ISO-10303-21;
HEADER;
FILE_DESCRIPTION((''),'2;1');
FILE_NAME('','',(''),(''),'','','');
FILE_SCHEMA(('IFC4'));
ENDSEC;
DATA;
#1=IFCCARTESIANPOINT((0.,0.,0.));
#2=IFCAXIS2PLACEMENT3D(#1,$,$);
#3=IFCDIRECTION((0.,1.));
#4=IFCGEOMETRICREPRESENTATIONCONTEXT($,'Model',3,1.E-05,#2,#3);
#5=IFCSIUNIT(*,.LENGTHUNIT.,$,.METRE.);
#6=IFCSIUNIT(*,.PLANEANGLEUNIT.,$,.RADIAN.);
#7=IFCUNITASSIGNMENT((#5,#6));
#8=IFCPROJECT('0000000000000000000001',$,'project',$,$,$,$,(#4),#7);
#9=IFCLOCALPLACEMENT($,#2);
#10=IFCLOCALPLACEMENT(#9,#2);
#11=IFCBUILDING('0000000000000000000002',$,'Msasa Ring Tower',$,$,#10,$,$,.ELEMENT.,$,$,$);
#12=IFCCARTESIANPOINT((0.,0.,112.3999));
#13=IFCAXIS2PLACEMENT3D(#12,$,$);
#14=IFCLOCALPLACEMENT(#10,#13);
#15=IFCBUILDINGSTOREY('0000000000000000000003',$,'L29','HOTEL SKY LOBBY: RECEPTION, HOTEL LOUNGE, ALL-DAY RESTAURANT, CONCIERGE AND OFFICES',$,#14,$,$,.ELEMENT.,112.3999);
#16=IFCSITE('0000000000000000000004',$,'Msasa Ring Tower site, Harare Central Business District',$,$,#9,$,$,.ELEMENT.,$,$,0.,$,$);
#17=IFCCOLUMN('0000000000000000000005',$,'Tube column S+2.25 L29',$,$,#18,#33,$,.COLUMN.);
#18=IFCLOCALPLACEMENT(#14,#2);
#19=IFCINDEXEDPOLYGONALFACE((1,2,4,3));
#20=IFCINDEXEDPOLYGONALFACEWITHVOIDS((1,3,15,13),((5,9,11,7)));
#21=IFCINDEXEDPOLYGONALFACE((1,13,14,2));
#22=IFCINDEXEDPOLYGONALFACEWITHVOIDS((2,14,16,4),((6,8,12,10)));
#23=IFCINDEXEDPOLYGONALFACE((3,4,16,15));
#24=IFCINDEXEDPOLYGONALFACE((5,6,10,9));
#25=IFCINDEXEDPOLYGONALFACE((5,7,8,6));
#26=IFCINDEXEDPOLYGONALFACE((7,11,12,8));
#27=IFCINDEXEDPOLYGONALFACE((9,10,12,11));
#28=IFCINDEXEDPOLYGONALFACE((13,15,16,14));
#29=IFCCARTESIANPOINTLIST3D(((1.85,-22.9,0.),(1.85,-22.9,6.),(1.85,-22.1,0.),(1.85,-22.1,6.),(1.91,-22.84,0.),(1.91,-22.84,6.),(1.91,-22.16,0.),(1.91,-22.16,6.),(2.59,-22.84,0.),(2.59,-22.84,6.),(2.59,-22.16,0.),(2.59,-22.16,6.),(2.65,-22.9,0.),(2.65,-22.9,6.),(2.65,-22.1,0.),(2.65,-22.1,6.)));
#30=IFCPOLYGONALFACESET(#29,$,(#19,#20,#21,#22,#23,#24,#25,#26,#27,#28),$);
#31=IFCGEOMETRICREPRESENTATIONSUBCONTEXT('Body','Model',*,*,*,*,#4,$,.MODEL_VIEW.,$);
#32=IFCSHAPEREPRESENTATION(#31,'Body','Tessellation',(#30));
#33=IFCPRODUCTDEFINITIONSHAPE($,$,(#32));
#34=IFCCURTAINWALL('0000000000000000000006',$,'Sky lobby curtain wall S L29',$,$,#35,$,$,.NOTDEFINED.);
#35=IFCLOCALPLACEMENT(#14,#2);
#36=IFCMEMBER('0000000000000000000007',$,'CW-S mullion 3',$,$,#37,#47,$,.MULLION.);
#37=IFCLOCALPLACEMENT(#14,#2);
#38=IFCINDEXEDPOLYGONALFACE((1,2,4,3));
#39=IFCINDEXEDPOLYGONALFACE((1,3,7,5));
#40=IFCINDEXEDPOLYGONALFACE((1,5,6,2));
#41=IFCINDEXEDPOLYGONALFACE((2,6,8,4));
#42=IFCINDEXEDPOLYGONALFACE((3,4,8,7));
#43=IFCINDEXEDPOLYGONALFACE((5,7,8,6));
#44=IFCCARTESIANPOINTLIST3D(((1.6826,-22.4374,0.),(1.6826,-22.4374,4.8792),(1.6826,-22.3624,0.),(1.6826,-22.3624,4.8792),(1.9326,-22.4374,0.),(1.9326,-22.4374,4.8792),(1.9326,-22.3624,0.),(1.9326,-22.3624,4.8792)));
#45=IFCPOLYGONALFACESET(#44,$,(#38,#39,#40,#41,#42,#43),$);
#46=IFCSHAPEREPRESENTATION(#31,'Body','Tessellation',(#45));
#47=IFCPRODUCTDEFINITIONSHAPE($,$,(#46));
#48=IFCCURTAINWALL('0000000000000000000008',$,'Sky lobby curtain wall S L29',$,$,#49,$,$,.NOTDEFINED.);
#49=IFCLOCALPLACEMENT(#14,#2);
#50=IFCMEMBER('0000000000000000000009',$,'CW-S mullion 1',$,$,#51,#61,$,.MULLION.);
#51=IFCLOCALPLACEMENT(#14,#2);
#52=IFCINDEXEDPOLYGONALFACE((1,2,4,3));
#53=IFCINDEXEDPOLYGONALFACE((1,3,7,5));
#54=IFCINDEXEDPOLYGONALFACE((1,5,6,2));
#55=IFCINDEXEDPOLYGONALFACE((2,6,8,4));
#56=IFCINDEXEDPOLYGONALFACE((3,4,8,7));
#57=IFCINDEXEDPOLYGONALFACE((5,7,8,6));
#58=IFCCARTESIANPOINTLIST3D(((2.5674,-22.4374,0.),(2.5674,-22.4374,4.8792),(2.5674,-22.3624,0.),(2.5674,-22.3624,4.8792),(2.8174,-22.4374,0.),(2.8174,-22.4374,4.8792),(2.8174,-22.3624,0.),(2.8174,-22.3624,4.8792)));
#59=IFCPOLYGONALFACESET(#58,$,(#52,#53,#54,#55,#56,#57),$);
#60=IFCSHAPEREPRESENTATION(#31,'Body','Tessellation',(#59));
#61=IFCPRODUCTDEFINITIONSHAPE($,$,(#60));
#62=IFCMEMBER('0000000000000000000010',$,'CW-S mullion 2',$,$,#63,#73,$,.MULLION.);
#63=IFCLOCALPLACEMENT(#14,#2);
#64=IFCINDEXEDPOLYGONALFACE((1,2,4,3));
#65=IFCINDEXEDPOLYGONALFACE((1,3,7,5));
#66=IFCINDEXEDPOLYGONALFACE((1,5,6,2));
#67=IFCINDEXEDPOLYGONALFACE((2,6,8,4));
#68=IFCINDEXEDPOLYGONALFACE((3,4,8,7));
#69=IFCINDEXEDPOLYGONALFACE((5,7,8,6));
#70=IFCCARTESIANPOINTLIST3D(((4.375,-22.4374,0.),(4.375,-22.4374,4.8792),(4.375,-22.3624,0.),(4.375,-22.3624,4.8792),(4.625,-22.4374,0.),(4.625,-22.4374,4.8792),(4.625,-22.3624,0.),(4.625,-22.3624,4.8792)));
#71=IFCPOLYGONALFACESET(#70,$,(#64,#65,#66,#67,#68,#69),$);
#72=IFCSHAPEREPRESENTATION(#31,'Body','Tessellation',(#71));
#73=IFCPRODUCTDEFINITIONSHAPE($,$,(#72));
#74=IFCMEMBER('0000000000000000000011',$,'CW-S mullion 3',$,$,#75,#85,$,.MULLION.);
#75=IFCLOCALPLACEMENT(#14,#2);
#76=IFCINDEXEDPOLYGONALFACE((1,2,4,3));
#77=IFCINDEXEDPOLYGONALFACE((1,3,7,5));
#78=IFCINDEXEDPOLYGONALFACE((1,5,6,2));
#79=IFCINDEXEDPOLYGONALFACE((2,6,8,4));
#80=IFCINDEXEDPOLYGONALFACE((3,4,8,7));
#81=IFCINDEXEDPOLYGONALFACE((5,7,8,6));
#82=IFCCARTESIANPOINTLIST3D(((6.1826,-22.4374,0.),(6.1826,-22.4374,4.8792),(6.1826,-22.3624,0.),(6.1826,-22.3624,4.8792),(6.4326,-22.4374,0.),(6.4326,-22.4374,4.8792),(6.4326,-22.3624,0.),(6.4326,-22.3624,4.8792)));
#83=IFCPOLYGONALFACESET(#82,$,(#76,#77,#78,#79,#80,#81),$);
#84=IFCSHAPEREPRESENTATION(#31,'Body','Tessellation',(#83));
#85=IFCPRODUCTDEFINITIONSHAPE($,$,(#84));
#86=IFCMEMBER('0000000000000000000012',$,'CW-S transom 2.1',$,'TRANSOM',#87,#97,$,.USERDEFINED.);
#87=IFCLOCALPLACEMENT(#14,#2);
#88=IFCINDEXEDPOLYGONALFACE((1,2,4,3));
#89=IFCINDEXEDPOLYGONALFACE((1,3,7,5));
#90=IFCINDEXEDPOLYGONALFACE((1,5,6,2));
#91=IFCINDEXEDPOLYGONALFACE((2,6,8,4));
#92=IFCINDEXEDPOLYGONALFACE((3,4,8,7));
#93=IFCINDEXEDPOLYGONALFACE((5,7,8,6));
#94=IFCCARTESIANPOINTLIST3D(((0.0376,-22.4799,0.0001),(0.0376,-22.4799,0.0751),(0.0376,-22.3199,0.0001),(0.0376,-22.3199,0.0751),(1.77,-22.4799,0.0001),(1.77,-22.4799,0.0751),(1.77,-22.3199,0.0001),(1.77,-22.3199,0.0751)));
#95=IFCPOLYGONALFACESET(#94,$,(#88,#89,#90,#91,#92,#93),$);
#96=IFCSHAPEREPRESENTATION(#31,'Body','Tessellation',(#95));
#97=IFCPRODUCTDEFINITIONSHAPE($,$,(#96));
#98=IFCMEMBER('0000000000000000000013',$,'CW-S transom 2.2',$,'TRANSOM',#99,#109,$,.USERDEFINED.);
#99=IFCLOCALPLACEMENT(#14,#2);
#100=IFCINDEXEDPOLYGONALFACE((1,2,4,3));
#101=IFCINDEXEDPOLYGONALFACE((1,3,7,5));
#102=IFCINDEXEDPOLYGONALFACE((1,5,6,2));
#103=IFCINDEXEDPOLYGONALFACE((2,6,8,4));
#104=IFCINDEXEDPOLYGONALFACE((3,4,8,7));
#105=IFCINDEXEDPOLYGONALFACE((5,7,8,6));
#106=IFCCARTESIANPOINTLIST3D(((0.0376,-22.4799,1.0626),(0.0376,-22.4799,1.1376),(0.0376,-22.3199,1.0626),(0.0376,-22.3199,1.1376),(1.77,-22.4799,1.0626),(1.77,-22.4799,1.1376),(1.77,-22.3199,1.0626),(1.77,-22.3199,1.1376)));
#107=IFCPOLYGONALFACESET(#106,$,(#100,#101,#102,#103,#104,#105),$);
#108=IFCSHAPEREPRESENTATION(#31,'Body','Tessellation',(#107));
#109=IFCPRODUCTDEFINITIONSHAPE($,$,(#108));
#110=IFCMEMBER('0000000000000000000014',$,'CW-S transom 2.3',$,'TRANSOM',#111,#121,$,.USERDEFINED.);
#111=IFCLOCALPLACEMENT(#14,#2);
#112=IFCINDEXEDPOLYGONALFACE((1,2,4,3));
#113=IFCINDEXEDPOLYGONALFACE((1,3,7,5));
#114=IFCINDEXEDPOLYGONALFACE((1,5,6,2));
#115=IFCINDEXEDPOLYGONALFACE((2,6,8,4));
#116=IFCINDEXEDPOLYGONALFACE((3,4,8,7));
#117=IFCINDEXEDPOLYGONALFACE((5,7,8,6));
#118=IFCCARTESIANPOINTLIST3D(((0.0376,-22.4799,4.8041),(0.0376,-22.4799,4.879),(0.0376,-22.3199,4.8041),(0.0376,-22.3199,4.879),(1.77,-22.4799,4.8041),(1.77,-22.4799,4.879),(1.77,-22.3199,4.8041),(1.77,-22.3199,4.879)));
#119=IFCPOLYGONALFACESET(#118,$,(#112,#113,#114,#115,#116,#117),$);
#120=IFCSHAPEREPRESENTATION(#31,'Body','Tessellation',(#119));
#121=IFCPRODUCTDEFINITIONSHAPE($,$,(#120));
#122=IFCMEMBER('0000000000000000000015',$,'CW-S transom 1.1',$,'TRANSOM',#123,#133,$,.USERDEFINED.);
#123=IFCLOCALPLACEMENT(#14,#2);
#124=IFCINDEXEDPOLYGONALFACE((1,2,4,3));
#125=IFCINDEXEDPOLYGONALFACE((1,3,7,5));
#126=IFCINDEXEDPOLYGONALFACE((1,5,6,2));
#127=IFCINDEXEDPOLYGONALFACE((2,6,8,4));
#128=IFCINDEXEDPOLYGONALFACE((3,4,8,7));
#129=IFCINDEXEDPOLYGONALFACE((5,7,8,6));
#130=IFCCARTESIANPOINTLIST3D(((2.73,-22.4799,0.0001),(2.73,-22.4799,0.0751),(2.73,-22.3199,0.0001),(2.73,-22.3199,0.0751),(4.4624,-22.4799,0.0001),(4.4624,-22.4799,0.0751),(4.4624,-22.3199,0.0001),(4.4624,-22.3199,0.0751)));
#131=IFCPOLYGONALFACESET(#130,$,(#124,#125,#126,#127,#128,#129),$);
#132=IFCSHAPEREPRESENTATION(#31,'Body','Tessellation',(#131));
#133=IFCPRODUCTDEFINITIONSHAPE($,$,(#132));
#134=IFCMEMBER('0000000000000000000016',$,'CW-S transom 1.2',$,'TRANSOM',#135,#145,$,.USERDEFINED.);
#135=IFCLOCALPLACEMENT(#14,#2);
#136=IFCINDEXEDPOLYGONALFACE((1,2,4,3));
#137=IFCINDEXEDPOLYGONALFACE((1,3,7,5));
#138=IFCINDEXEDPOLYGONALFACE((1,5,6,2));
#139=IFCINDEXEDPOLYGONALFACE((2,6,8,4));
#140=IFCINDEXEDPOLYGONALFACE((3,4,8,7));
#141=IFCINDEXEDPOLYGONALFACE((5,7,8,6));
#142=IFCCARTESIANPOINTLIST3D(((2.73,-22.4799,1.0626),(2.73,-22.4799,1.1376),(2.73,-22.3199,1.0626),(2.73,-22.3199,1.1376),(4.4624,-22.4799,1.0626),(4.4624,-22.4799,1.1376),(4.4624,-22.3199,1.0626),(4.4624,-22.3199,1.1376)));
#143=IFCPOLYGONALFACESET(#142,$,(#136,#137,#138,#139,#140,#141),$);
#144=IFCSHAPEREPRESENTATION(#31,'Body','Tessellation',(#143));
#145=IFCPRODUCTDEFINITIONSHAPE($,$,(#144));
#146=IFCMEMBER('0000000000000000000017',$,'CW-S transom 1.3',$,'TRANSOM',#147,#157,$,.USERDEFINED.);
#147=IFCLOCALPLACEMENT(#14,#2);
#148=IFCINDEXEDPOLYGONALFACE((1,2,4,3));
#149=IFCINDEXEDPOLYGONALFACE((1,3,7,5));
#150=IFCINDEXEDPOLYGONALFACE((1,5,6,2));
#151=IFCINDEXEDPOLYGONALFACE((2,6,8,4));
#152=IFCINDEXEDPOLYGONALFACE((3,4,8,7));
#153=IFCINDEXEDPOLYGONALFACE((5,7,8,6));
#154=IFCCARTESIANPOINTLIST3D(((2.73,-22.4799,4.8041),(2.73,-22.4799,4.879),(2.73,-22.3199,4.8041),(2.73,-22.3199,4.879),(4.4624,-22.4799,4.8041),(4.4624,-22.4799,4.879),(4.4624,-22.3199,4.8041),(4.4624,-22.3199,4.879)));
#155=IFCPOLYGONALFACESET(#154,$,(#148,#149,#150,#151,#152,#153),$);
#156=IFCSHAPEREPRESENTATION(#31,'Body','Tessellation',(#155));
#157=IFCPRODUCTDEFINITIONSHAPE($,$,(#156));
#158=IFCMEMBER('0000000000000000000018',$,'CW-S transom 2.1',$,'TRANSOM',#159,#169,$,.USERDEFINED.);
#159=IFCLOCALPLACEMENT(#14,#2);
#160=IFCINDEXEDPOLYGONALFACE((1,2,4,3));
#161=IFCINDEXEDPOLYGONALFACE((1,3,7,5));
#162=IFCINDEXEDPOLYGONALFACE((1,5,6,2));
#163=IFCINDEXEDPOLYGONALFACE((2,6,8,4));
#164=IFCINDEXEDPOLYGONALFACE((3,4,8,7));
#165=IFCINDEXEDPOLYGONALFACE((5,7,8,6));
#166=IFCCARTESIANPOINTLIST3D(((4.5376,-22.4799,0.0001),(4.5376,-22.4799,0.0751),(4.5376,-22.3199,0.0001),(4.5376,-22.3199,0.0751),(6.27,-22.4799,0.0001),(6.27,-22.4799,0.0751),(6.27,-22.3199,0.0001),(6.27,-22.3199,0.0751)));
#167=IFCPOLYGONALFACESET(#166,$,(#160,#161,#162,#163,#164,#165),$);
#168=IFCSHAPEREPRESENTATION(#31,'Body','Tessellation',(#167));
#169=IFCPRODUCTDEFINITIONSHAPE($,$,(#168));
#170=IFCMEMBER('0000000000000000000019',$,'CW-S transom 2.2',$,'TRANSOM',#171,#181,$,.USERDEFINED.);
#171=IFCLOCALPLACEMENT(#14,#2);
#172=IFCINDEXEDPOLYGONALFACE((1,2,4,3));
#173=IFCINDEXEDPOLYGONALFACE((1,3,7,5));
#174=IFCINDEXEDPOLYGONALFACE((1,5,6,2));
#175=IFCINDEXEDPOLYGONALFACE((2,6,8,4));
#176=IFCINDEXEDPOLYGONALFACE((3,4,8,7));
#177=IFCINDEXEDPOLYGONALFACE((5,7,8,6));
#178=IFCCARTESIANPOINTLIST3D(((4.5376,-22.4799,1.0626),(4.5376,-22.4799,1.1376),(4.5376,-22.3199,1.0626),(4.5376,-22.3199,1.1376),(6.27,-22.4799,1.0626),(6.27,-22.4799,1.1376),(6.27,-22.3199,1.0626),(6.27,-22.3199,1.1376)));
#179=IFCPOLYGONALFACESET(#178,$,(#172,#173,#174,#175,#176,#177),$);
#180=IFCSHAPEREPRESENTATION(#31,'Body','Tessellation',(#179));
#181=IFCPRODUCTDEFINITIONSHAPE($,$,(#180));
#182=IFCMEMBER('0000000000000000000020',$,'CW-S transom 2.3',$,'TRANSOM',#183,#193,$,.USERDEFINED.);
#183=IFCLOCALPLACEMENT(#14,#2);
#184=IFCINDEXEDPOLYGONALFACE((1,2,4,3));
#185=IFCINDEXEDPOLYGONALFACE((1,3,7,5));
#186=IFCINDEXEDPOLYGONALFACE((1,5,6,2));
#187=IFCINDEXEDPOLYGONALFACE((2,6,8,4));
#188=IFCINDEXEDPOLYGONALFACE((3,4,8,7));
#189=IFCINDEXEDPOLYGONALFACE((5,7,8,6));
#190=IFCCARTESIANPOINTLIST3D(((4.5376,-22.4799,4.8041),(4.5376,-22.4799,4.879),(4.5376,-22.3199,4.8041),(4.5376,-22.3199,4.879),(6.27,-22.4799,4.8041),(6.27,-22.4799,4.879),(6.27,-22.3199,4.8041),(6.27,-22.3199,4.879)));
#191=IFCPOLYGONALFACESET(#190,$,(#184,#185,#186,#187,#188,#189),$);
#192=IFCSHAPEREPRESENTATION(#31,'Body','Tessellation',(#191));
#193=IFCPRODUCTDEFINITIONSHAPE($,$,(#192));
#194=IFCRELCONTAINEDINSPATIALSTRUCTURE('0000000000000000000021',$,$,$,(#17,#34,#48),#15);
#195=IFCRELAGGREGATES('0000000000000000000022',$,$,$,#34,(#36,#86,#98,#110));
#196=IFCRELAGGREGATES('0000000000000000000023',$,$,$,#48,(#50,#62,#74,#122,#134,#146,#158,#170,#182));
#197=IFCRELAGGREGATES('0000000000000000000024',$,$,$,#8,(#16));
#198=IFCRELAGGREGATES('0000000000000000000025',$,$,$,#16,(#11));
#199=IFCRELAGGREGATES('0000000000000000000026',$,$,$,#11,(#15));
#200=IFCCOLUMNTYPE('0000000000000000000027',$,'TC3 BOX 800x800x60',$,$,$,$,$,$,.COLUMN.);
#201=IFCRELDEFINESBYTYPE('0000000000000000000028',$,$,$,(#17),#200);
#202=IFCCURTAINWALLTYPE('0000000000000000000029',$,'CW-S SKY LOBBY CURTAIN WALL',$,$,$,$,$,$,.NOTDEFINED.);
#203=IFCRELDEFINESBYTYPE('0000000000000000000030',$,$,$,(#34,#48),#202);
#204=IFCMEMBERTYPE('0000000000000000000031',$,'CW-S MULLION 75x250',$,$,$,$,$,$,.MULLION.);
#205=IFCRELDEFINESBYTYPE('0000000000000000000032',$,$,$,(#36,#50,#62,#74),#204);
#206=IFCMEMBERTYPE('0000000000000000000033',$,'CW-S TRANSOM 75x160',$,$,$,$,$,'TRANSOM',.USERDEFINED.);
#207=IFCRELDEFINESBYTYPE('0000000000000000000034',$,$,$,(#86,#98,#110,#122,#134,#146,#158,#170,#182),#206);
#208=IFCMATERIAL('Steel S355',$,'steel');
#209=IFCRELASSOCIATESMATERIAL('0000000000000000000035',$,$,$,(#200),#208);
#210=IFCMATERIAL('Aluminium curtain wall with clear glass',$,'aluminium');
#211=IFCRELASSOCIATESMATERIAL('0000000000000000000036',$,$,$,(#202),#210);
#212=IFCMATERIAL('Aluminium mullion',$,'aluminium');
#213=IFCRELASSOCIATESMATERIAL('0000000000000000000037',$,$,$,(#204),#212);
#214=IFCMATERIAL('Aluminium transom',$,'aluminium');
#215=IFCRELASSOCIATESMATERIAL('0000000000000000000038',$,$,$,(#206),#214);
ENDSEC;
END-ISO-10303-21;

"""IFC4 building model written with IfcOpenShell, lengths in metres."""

from ifc_helpers import new_model, si_unit, direction, frame, origin, origin_2d, place, context, subcontext, project, spatial, rectangle, hollow_rectangle, extrude, material, material_profile, profile_set, type_object, element, aggregate, save


model = new_model("IFC4")

# Units and contexts
model_context = context("Model", 3, precision=1e-05, world=origin(), true_north=direction((0.0, 1.0)))
body_context = subcontext(model_context, "Body", "Model", "MODEL_VIEW")
ifc_project = project(units=[si_unit("LENGTHUNIT", "METRE"), si_unit("PLANEANGLEUNIT", "RADIAN")], contexts=[model_context])

# Site, building, storey
site_placement = place(None, origin())
site = spatial("IfcSite", under=ifc_project, at=site_placement, Name="Msasa Ring Tower site, Harare Central Business District", CompositionType="ELEMENT", RefElevation=0.0)
building_placement = place(site_placement, origin())
building = spatial("IfcBuilding", under=site, at=building_placement, Name="Msasa Ring Tower", CompositionType="ELEMENT")
storey_placement = place(building_placement, frame((0.0, 0.0, 112.3999)))
storey = spatial("IfcBuildingStorey", under=building, at=storey_placement, Name="L29", Description="HOTEL SKY LOBBY: RECEPTION, HOTEL LOUNGE, ALL-DAY RESTAURANT, CONCIERGE AND OFFICES", CompositionType="ELEMENT", Elevation=112.3999)

# Column
ifc_material_1 = material(Name="Steel S355", Category="steel")
ifc_material_profile_1 = material_profile(ifc_material_1, hollow_rectangle(XDim=0.8, YDim=0.8, WallThickness=0.0601, at=origin_2d()), Name="BOX 800x800x60")
ifc_profile_set_1 = profile_set([ifc_material_profile_1], Name="Steel S355")
column_type = type_object("IfcColumnType", Name="TC3 BOX 800x800x60", PredefinedType="COLUMN", material=ifc_profile_set_1)
column_placement = place(storey_placement, frame((2.25, -22.5, 0.0), z_axis=(0.0, 0.0, 1.0), x_axis=(0.0, 1.0, 0.0)))
element("IfcColumn", 1, at=column_placement, inside=storey, type_object=column_type, Name="Tube column S+2.25 L29", PredefinedType="COLUMN", context=body_context, shape_type="SweptSolid", body=[
    extrude(hollow_rectangle(XDim=0.8, YDim=0.8, WallThickness=0.0601, at=origin_2d()), origin(), (0.0, 0.0, 1.0), 6.0),
])

# Curtain wall, member
ifc_material_2 = material(Name="Aluminium curtain wall with clear glass", Category="aluminium")
curtain_wall_type = type_object("IfcCurtainWallType", Name="CW-S SKY LOBBY CURTAIN WALL", PredefinedType="NOTDEFINED", material=ifc_material_2)
curtain_wall_1_placement = place(storey_placement, origin())
curtain_wall_1 = element("IfcCurtainWall", 2, at=curtain_wall_1_placement, inside=storey, type_object=curtain_wall_type, Name="Sky lobby curtain wall S L29", PredefinedType="NOTDEFINED")
ifc_material_3 = material(Name="Aluminium mullion", Category="aluminium")
ifc_material_profile_2 = material_profile(ifc_material_3, rectangle(XDim=0.075, YDim=0.25, at=origin_2d()), Name="AL 75x250")
ifc_profile_set_2 = profile_set([ifc_material_profile_2], Name="Aluminium mullion")
member_type_1 = type_object("IfcMemberType", Name="CW-S MULLION 75x250", PredefinedType="MULLION", material=ifc_profile_set_2)
member_1_placement = place(storey_placement, frame((1.8076, -22.3999, 0.0), z_axis=(0.0, 0.0, 1.0), x_axis=(0.0, 1.0, 0.0)))
member_1 = element("IfcMember", 3, at=member_1_placement, type_object=member_type_1, Name="CW-S mullion 3", PredefinedType="MULLION", context=body_context, shape_type="SweptSolid", body=[
    extrude(rectangle(XDim=0.075, YDim=0.25, at=origin_2d()), origin(), (0.0, 0.0, 1.0), 4.8792),
])

# Curtain wall, members
curtain_wall_2_placement = place(storey_placement, origin())
curtain_wall_2 = element("IfcCurtainWall", 4, at=curtain_wall_2_placement, inside=storey, type_object=curtain_wall_type, Name="Sky lobby curtain wall S L29", PredefinedType="NOTDEFINED")
member_2_placement = place(storey_placement, frame((2.6924, -22.3999, 0.0), z_axis=(0.0, 0.0, 1.0), x_axis=(0.0, 1.0, 0.0)))
member_2 = element("IfcMember", 5, at=member_2_placement, type_object=member_type_1, Name="CW-S mullion 1", PredefinedType="MULLION", context=body_context, shape_type="SweptSolid", body=[
    extrude(rectangle(XDim=0.075, YDim=0.25, at=origin_2d()), origin(), (0.0, 0.0, 1.0), 4.8792),
])
member_3_placement = place(storey_placement, frame((4.5, -22.3999, 0.0), z_axis=(0.0, 0.0, 1.0), x_axis=(0.0, 1.0, 0.0)))
member_3 = element("IfcMember", 6, at=member_3_placement, type_object=member_type_1, Name="CW-S mullion 2", PredefinedType="MULLION", context=body_context, shape_type="SweptSolid", body=[
    extrude(rectangle(XDim=0.075, YDim=0.25, at=origin_2d()), origin(), (0.0, 0.0, 1.0), 4.8792),
])
member_4_placement = place(storey_placement, frame((6.3076, -22.3999, 0.0), z_axis=(0.0, 0.0, 1.0), x_axis=(0.0, 1.0, 0.0)))
member_4 = element("IfcMember", 7, at=member_4_placement, type_object=member_type_1, Name="CW-S mullion 3", PredefinedType="MULLION", context=body_context, shape_type="SweptSolid", body=[
    extrude(rectangle(XDim=0.075, YDim=0.25, at=origin_2d()), origin(), (0.0, 0.0, 1.0), 4.8792),
])

# Members
ifc_material_4 = material(Name="Aluminium transom", Category="aluminium")
ifc_material_profile_3 = material_profile(ifc_material_4, rectangle(XDim=0.1599, YDim=0.075, at=origin_2d()), Name="AL 75x160")
ifc_profile_set_3 = profile_set([ifc_material_profile_3], Name="Aluminium transom")
member_type_2 = type_object("IfcMemberType", Name="CW-S TRANSOM 75x160", ElementType="TRANSOM", PredefinedType="USERDEFINED", material=ifc_profile_set_3)
member_5_placement = place(storey_placement, frame((0.0376, -22.3999, 0.0376), z_axis=(1.0, 0.0, 0.0), x_axis=(0.0, 1.0, 0.0)))
member_5 = element("IfcMember", 8, at=member_5_placement, type_object=member_type_2, Name="CW-S transom 2.1", ObjectType="TRANSOM", PredefinedType="USERDEFINED", context=body_context, shape_type="SweptSolid", body=[
    extrude(rectangle(XDim=0.1599, YDim=0.075, at=origin_2d()), origin(), (0.0, 0.0, 1.0), 1.7324),
])
member_6_placement = place(storey_placement, frame((0.0376, -22.3999, 1.1001), z_axis=(1.0, 0.0, 0.0), x_axis=(0.0, 1.0, 0.0)))
member_6 = element("IfcMember", 9, at=member_6_placement, type_object=member_type_2, Name="CW-S transom 2.2", ObjectType="TRANSOM", PredefinedType="USERDEFINED", context=body_context, shape_type="SweptSolid", body=[
    extrude(rectangle(XDim=0.1599, YDim=0.075, at=origin_2d()), origin(), (0.0, 0.0, 1.0), 1.7324),
])
member_7_placement = place(storey_placement, frame((0.0376, -22.3999, 4.8416), z_axis=(1.0, 0.0, 0.0), x_axis=(0.0, 1.0, 0.0)))
member_7 = element("IfcMember", 10, at=member_7_placement, type_object=member_type_2, Name="CW-S transom 2.3", ObjectType="TRANSOM", PredefinedType="USERDEFINED", context=body_context, shape_type="SweptSolid", body=[
    extrude(rectangle(XDim=0.1599, YDim=0.075, at=origin_2d()), origin(), (0.0, 0.0, 1.0), 1.7324),
])
member_8_placement = place(storey_placement, frame((2.73, -22.3999, 0.0376), z_axis=(1.0, 0.0, 0.0), x_axis=(0.0, 1.0, 0.0)))
member_8 = element("IfcMember", 11, at=member_8_placement, type_object=member_type_2, Name="CW-S transom 1.1", ObjectType="TRANSOM", PredefinedType="USERDEFINED", context=body_context, shape_type="SweptSolid", body=[
    extrude(rectangle(XDim=0.1599, YDim=0.075, at=origin_2d()), origin(), (0.0, 0.0, 1.0), 1.7324),
])
member_9_placement = place(storey_placement, frame((2.73, -22.3999, 1.1001), z_axis=(1.0, 0.0, 0.0), x_axis=(0.0, 1.0, 0.0)))
member_9 = element("IfcMember", 12, at=member_9_placement, type_object=member_type_2, Name="CW-S transom 1.2", ObjectType="TRANSOM", PredefinedType="USERDEFINED", context=body_context, shape_type="SweptSolid", body=[
    extrude(rectangle(XDim=0.1599, YDim=0.075, at=origin_2d()), origin(), (0.0, 0.0, 1.0), 1.7324),
])
member_10_placement = place(storey_placement, frame((2.73, -22.3999, 4.8416), z_axis=(1.0, 0.0, 0.0), x_axis=(0.0, 1.0, 0.0)))
member_10 = element("IfcMember", 13, at=member_10_placement, type_object=member_type_2, Name="CW-S transom 1.3", ObjectType="TRANSOM", PredefinedType="USERDEFINED", context=body_context, shape_type="SweptSolid", body=[
    extrude(rectangle(XDim=0.1599, YDim=0.075, at=origin_2d()), origin(), (0.0, 0.0, 1.0), 1.7324),
])
member_11_placement = place(storey_placement, frame((4.5376, -22.3999, 0.0376), z_axis=(1.0, 0.0, 0.0), x_axis=(0.0, 1.0, 0.0)))
member_11 = element("IfcMember", 14, at=member_11_placement, type_object=member_type_2, Name="CW-S transom 2.1", ObjectType="TRANSOM", PredefinedType="USERDEFINED", context=body_context, shape_type="SweptSolid", body=[
    extrude(rectangle(XDim=0.1599, YDim=0.075, at=origin_2d()), origin(), (0.0, 0.0, 1.0), 1.7324),
])
member_12_placement = place(storey_placement, frame((4.5376, -22.3999, 1.1001), z_axis=(1.0, 0.0, 0.0), x_axis=(0.0, 1.0, 0.0)))
member_12 = element("IfcMember", 15, at=member_12_placement, type_object=member_type_2, Name="CW-S transom 2.2", ObjectType="TRANSOM", PredefinedType="USERDEFINED", context=body_context, shape_type="SweptSolid", body=[
    extrude(rectangle(XDim=0.1599, YDim=0.075, at=origin_2d()), origin(), (0.0, 0.0, 1.0), 1.7324),
])
member_13_placement = place(storey_placement, frame((4.5376, -22.3999, 4.8416), z_axis=(1.0, 0.0, 0.0), x_axis=(0.0, 1.0, 0.0)))
member_13 = element("IfcMember", 16, at=member_13_placement, type_object=member_type_2, Name="CW-S transom 2.3", ObjectType="TRANSOM", PredefinedType="USERDEFINED", context=body_context, shape_type="SweptSolid", body=[
    extrude(rectangle(XDim=0.1599, YDim=0.075, at=origin_2d()), origin(), (0.0, 0.0, 1.0), 1.7324),
])

aggregate(curtain_wall_1, [member_1, member_5, member_6, member_7])
aggregate(curtain_wall_2, [member_2, member_3, member_4, member_8, member_9, member_10, member_11, member_12, member_13])

save(model, "model.ifc")
